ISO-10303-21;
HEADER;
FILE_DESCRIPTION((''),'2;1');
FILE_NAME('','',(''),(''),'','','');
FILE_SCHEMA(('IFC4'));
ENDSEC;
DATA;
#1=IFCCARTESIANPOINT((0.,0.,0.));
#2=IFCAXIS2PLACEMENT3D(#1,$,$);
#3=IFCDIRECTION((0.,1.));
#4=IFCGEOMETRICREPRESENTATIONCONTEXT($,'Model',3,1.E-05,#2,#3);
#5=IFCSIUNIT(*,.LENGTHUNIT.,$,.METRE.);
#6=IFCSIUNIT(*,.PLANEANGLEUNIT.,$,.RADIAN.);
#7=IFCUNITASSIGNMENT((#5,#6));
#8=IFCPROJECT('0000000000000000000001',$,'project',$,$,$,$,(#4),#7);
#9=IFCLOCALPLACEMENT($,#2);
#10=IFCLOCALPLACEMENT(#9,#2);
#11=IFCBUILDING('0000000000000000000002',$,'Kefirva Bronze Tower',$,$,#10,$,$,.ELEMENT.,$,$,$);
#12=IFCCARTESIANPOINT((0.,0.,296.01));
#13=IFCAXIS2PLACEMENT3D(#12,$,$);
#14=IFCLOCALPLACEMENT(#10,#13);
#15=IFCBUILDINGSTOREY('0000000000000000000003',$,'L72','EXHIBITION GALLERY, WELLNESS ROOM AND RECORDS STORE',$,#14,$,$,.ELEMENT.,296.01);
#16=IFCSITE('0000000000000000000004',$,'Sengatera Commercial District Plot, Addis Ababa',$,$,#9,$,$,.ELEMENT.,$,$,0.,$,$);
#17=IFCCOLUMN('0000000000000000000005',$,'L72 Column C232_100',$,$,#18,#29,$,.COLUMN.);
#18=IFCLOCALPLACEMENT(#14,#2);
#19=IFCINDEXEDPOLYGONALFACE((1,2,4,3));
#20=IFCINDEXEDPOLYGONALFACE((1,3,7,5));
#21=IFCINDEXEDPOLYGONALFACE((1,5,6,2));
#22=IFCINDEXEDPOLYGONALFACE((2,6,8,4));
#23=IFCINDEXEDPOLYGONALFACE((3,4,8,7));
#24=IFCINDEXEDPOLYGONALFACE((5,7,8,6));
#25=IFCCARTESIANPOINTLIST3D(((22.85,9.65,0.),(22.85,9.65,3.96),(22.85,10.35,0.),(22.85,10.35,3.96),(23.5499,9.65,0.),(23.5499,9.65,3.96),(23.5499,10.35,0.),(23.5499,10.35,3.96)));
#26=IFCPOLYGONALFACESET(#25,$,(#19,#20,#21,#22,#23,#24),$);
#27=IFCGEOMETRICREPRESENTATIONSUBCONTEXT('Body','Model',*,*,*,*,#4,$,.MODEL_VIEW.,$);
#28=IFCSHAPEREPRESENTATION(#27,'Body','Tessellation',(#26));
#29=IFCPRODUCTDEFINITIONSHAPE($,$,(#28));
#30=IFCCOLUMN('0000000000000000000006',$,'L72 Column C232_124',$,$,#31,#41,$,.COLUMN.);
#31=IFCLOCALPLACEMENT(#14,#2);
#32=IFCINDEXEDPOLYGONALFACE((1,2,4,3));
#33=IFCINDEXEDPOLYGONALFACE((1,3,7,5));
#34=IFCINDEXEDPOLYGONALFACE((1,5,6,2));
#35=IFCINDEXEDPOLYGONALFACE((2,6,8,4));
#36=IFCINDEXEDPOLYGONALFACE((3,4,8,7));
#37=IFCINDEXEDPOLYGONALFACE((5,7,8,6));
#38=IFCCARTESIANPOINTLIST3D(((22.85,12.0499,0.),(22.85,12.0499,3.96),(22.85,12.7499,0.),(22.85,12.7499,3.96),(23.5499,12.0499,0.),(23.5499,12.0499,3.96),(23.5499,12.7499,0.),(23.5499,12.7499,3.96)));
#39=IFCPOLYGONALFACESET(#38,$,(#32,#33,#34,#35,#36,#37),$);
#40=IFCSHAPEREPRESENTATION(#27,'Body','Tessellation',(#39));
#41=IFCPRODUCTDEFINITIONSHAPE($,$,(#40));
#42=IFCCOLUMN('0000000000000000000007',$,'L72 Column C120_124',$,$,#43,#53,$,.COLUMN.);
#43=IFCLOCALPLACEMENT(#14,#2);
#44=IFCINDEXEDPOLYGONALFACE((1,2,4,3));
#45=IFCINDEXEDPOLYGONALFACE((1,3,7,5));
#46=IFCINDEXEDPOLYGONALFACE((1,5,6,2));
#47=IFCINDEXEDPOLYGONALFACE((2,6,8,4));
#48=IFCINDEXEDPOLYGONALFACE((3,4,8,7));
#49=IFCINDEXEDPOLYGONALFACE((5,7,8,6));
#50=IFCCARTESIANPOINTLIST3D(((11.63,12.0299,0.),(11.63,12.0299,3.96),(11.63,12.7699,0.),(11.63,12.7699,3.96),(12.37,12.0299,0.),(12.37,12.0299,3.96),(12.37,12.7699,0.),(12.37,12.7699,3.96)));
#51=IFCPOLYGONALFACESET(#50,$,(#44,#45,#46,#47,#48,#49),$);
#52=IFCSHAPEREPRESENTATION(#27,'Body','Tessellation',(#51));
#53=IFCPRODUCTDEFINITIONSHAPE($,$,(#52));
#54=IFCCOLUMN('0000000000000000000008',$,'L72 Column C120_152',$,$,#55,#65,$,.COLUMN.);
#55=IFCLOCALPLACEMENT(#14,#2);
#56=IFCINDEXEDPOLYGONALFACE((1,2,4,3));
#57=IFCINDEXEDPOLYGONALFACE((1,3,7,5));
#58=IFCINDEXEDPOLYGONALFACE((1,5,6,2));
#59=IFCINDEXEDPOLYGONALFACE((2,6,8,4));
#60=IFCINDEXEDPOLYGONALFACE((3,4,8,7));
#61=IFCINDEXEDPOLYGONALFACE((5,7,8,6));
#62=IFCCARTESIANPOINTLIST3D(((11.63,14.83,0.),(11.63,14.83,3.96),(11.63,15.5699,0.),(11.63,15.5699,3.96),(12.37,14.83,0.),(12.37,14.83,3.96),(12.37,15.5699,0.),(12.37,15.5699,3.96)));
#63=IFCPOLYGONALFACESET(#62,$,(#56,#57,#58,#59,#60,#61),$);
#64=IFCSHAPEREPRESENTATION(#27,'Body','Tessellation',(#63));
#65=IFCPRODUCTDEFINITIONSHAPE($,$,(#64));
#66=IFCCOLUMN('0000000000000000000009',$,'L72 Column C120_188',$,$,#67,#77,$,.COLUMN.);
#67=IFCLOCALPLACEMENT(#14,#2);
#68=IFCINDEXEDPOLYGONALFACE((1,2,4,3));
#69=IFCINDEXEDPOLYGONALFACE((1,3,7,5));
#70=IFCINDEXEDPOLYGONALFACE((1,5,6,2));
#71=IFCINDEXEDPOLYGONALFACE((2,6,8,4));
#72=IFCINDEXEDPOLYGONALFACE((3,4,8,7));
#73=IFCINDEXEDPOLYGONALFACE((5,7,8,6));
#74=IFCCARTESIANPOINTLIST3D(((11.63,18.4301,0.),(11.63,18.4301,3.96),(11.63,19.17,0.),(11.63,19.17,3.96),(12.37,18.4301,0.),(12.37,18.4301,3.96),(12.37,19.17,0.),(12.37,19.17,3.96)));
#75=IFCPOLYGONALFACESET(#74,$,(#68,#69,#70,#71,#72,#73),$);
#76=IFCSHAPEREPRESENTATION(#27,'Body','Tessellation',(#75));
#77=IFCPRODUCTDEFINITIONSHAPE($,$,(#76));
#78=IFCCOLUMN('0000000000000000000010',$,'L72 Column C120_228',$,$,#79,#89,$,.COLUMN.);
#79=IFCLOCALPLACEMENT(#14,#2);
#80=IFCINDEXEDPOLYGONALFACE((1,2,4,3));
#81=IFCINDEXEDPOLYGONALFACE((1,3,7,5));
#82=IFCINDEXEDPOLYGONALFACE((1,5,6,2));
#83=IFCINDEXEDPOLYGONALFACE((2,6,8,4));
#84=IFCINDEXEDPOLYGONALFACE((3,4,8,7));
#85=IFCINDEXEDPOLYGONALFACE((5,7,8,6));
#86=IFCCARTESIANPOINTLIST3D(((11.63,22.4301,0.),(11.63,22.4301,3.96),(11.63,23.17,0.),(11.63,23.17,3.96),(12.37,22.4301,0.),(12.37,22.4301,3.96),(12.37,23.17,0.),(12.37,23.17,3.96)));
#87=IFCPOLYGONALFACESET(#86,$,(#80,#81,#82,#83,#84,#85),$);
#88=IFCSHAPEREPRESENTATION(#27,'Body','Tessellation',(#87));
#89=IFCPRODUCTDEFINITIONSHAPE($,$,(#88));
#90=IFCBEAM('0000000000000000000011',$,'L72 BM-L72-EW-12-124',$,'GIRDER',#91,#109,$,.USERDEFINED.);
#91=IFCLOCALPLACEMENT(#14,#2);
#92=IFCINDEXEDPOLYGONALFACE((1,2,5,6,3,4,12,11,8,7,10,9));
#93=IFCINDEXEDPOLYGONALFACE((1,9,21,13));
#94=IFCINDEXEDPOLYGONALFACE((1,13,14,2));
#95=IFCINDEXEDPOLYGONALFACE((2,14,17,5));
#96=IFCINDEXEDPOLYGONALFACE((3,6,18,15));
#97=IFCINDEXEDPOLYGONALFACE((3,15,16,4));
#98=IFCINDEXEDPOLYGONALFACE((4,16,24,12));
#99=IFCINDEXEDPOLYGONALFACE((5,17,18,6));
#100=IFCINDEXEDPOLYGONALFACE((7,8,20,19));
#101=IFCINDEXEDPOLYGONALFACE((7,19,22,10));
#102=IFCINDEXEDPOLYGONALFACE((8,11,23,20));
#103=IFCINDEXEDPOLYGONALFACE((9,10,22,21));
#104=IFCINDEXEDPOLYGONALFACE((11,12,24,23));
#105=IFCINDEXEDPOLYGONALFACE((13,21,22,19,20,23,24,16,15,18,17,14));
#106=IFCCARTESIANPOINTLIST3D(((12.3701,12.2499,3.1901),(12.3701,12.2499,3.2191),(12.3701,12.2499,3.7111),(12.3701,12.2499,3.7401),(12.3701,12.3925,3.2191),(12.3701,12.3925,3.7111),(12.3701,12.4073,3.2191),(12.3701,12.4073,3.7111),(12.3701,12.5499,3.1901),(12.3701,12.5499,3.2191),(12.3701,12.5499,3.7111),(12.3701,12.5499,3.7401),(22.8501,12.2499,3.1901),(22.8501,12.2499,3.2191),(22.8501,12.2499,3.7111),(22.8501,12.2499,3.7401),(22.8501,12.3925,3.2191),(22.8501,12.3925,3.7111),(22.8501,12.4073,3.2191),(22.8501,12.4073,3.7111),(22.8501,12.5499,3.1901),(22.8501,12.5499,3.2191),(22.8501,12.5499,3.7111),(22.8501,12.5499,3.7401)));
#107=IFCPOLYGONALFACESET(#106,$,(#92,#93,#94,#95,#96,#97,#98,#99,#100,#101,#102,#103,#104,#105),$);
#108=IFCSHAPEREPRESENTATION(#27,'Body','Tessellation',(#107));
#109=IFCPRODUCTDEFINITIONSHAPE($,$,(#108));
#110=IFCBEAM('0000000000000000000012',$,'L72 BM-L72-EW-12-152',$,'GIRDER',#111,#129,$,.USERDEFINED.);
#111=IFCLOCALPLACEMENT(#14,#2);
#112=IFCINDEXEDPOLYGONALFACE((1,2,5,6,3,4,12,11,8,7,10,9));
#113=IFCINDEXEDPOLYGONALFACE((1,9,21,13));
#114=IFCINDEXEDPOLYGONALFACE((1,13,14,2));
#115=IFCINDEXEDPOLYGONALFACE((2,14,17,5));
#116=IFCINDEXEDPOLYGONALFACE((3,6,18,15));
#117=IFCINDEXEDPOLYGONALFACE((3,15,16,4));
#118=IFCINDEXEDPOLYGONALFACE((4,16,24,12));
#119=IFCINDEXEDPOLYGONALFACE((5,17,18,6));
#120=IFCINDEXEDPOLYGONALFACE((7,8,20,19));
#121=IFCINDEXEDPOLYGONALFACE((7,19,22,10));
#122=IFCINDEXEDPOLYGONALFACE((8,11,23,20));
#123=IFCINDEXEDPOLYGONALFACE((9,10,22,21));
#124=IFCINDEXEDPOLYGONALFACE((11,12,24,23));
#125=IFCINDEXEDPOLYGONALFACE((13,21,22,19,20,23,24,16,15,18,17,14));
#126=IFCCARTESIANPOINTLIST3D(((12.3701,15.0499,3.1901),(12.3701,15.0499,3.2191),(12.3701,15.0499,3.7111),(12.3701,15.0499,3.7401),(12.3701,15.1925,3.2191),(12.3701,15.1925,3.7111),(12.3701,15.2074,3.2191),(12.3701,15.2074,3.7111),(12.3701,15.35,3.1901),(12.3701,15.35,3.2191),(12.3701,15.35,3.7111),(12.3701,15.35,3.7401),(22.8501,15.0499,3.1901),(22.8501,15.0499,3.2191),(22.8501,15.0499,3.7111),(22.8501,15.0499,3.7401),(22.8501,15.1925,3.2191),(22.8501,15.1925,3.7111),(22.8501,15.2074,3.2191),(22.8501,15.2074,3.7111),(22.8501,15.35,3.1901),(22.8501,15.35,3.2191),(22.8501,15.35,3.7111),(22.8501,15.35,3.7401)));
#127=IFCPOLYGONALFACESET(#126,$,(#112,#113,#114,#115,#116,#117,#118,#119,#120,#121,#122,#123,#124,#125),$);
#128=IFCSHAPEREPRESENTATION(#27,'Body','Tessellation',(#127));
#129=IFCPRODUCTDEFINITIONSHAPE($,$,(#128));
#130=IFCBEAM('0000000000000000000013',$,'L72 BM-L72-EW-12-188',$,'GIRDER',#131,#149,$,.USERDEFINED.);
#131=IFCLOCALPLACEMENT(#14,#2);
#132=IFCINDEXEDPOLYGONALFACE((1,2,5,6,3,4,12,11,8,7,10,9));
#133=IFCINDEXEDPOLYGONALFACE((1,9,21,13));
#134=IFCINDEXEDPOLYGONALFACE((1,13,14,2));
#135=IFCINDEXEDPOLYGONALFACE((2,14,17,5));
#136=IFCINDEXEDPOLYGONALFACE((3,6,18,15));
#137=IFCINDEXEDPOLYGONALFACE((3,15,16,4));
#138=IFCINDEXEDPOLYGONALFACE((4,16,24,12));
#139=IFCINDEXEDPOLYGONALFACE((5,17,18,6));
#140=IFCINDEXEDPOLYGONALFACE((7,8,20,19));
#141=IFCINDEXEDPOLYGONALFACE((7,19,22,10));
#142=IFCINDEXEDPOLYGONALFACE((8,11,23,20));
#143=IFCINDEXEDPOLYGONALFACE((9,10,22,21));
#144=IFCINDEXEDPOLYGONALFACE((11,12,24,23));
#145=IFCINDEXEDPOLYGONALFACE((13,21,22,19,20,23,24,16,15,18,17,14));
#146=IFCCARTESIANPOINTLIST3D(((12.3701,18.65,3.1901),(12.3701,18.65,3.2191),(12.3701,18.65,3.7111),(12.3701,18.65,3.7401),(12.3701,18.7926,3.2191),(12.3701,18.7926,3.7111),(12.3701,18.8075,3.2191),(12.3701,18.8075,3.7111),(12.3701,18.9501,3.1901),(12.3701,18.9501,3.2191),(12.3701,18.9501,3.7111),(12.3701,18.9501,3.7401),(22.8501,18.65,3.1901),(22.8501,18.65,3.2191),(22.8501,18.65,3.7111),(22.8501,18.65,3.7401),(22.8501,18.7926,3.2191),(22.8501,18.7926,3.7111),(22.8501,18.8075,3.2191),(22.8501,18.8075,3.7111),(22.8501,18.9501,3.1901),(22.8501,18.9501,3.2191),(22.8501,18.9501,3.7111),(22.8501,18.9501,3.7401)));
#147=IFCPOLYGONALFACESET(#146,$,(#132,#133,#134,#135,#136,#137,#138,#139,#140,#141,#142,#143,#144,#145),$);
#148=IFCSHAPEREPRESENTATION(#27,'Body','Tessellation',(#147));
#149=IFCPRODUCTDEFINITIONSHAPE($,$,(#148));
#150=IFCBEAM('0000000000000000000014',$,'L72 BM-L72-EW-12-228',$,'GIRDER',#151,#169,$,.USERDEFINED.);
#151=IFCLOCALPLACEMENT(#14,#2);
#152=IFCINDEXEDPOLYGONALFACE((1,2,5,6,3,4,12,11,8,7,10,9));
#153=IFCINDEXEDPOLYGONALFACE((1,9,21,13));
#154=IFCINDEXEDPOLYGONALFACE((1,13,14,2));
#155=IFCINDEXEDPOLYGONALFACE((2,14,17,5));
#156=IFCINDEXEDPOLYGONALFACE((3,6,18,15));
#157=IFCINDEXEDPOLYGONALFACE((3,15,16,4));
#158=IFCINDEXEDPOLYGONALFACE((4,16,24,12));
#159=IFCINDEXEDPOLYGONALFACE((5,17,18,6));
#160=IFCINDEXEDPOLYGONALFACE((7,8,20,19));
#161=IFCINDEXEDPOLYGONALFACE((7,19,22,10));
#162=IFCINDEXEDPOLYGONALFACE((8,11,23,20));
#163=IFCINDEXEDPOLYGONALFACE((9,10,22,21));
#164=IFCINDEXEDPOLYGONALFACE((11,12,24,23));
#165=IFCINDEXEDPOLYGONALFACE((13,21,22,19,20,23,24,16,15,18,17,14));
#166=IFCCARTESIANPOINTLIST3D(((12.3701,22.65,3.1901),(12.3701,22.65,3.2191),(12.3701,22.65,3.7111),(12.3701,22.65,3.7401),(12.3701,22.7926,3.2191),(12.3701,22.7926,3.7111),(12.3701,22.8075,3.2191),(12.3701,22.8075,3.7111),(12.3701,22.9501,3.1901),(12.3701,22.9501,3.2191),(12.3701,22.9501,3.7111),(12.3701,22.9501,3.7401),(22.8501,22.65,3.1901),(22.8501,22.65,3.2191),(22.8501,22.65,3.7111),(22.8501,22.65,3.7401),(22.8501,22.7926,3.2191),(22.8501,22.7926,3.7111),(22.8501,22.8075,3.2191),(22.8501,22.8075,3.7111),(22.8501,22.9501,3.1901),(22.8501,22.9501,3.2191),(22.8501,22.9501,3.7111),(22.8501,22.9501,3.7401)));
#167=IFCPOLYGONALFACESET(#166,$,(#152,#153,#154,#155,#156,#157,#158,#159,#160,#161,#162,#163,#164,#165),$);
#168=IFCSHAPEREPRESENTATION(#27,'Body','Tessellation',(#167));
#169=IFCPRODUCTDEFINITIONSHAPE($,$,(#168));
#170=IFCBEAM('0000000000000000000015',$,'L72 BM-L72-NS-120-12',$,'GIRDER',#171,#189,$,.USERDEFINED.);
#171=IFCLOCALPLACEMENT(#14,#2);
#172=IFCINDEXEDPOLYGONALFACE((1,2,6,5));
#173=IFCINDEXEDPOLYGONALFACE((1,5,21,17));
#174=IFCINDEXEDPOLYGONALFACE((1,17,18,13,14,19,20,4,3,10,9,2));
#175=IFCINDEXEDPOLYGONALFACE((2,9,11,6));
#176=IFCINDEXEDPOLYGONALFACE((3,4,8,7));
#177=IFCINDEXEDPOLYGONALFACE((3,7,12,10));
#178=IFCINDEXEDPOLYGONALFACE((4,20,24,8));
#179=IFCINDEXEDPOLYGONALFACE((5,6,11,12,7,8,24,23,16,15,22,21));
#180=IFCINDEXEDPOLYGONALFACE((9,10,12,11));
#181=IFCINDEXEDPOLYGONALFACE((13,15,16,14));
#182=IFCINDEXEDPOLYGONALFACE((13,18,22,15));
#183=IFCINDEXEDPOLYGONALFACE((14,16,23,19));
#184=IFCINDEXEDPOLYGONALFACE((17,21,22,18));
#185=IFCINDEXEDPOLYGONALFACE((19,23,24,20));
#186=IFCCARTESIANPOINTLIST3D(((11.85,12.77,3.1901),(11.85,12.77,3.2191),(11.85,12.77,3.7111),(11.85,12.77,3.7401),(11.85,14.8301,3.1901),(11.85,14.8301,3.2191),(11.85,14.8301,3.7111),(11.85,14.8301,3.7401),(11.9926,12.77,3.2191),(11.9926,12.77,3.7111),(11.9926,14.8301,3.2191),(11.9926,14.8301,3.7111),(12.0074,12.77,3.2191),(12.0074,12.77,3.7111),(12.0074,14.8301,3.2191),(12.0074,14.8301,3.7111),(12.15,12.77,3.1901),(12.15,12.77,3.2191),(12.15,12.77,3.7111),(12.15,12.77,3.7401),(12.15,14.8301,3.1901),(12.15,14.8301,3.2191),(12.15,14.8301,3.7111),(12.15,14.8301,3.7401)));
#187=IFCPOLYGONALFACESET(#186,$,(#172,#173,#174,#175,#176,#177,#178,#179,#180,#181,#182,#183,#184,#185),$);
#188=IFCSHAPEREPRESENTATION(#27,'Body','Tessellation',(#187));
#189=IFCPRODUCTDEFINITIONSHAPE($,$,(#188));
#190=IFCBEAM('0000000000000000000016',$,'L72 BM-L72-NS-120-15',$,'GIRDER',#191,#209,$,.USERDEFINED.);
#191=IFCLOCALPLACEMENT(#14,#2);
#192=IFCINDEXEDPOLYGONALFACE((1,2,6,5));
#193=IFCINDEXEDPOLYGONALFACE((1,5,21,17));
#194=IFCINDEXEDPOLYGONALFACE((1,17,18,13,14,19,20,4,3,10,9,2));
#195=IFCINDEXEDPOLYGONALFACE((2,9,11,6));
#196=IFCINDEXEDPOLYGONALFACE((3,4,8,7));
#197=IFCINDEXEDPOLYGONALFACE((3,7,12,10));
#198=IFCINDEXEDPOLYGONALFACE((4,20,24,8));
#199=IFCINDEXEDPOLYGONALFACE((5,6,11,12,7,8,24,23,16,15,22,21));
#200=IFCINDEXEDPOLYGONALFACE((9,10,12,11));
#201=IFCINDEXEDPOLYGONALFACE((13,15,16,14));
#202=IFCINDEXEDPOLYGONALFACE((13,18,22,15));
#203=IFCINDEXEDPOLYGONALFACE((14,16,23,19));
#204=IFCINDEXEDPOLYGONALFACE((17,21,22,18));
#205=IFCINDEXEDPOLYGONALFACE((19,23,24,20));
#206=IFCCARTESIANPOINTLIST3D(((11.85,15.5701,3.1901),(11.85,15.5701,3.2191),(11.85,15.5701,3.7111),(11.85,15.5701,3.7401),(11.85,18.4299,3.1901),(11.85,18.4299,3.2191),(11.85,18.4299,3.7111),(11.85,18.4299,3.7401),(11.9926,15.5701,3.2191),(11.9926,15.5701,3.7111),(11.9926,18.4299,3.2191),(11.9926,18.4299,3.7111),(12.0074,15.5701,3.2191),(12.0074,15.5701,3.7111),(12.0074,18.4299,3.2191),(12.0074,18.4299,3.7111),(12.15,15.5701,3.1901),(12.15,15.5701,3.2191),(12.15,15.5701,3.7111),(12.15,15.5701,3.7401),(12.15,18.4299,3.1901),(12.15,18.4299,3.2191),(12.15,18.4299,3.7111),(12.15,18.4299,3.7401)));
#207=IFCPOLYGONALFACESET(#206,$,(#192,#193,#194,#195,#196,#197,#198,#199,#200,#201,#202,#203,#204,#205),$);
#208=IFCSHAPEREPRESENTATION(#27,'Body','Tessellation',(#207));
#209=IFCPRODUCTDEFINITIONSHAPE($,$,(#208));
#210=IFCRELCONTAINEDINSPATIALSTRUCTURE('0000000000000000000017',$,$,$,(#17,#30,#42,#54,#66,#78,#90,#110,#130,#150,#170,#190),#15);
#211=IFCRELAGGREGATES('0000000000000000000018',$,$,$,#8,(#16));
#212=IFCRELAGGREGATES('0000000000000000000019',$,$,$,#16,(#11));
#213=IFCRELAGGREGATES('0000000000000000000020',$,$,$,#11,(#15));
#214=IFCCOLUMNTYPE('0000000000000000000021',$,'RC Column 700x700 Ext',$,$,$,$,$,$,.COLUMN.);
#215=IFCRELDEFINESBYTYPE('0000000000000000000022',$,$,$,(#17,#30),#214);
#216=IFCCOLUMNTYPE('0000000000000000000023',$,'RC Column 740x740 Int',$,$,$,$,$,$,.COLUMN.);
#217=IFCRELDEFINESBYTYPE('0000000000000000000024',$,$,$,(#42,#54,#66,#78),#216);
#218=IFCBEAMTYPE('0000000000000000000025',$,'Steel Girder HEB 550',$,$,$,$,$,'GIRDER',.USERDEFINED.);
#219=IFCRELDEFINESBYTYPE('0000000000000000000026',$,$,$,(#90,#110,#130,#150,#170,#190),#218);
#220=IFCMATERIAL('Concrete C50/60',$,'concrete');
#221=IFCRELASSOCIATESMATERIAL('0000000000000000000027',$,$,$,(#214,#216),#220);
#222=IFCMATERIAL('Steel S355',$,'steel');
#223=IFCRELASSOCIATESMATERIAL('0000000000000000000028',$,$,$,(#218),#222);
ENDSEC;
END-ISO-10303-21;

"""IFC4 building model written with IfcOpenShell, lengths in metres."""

from ifc_helpers import new_model, si_unit, direction, frame, origin, origin_2d, place, context, subcontext, project, spatial, rectangle, i_section, extrude, material, material_profile, profile_set, type_object, element, save


model = new_model("IFC4")

# Units and contexts
model_context = context("Model", 3, precision=1e-05, world=origin(), true_north=direction((0.0, 1.0)))
body_context = subcontext(model_context, "Body", "Model", "MODEL_VIEW")
ifc_project = project(units=[si_unit("LENGTHUNIT", "METRE"), si_unit("PLANEANGLEUNIT", "RADIAN")], contexts=[model_context])

# Site, building, storey
site_placement = place(None, origin())
site = spatial("IfcSite", under=ifc_project, at=site_placement, Name="Sengatera Commercial District Plot, Addis Ababa", CompositionType="ELEMENT", RefElevation=0.0)
building_placement = place(site_placement, origin())
building = spatial("IfcBuilding", under=site, at=building_placement, Name="Kefirva Bronze Tower", CompositionType="ELEMENT")
storey_placement = place(building_placement, frame((0.0, 0.0, 296.01)))
storey = spatial("IfcBuildingStorey", under=building, at=storey_placement, Name="L72", Description="EXHIBITION GALLERY, WELLNESS ROOM AND RECORDS STORE", CompositionType="ELEMENT", Elevation=296.01)

# Columns
ifc_material_1 = material(Name="Concrete C50/60", Category="concrete")
ifc_material_profile_1 = material_profile(ifc_material_1, rectangle(XDim=0.7, YDim=0.7, at=origin_2d()), Name="RC 700x700")
ifc_profile_set_1 = profile_set([ifc_material_profile_1], Name="Concrete C50/60")
column_type_1 = type_object("IfcColumnType", Name="RC Column 700x700 Ext", PredefinedType="COLUMN", material=ifc_profile_set_1)
for number, where, z_axis, x_axis, name in (
    (1, (23.2, 10.0, 0.0), (0.0, 0.0, 1.0), (1.0, 0.0, 0.0), "L72 Column C232_100"),
    (2, (23.2, 12.3999, 0.0), (0.0, 0.0, 1.0), (1.0, 0.0, 0.0), "L72 Column C232_124"),
):
    element("IfcColumn", number, at=place(storey_placement, frame(where, z_axis=z_axis, x_axis=x_axis)), inside=storey, type_object=column_type_1, Name=name, PredefinedType="COLUMN", context=body_context, shape_type="SweptSolid", body=[
        extrude(rectangle(XDim=0.7, YDim=0.7, at=origin_2d()), origin(), (0.0, 0.0, 1.0), 3.96),
    ])
ifc_material_profile_2 = material_profile(ifc_material_1, rectangle(XDim=0.74, YDim=0.74, at=origin_2d()), Name="RC 740x740")
ifc_profile_set_2 = profile_set([ifc_material_profile_2], Name="Concrete C50/60")
column_type_2 = type_object("IfcColumnType", Name="RC Column 740x740 Int", PredefinedType="COLUMN", material=ifc_profile_set_2)
for number, where, z_axis, x_axis, name in (
    (3, (12.0, 12.3999, 0.0), (0.0, 0.0, 1.0), (1.0, 0.0, 0.0), "L72 Column C120_124"),
    (4, (12.0, 15.2, 0.0), (0.0, 0.0, 1.0), (1.0, 0.0, 0.0), "L72 Column C120_152"),
    (5, (12.0, 18.8, 0.0), (0.0, 0.0, 1.0), (1.0, 0.0, 0.0), "L72 Column C120_188"),
    (6, (12.0, 22.8, 0.0), (0.0, 0.0, 1.0), (1.0, 0.0, 0.0), "L72 Column C120_228"),
):
    element("IfcColumn", number, at=place(storey_placement, frame(where, z_axis=z_axis, x_axis=x_axis)), inside=storey, type_object=column_type_2, Name=name, PredefinedType="COLUMN", context=body_context, shape_type="SweptSolid", body=[
        extrude(rectangle(XDim=0.74, YDim=0.74, at=origin_2d()), origin(), (0.0, 0.0, 1.0), 3.96),
    ])

# Beams
ifc_material_2 = material(Name="Steel S355", Category="steel")
ifc_material_profile_3 = material_profile(ifc_material_2, i_section(OverallWidth=0.3, OverallDepth=0.55, WebThickness=0.0149, FlangeThickness=0.0291, at=origin_2d()), Name="HEB 550")
ifc_profile_set_3 = profile_set([ifc_material_profile_3], Name="Steel S355")
beam_type_1 = type_object("IfcBeamType", Name="Steel Girder HEB 550", ElementType="GIRDER", PredefinedType="USERDEFINED", material=ifc_profile_set_3)
for number, where, z_axis, x_axis, name in (
    (7, (12.3701, 12.3999, 3.4651), (1.0, 0.0, 0.0), (0.0, 1.0, 0.0), "L72 BM-L72-EW-12-124"),
    (8, (12.3701, 15.2, 3.4651), (1.0, 0.0, 0.0), (0.0, 1.0, 0.0), "L72 BM-L72-EW-12-152"),
    (9, (12.3701, 18.8, 3.4651), (1.0, 0.0, 0.0), (0.0, 1.0, 0.0), "L72 BM-L72-EW-12-188"),
    (10, (12.3701, 22.8, 3.4651), (1.0, 0.0, 0.0), (0.0, 1.0, 0.0), "L72 BM-L72-EW-12-228"),
):
    element("IfcBeam", number, at=place(storey_placement, frame(where, z_axis=z_axis, x_axis=x_axis)), inside=storey, type_object=beam_type_1, Name=name, ObjectType="GIRDER", PredefinedType="USERDEFINED", context=body_context, shape_type="SweptSolid", body=[
        extrude(i_section(OverallWidth=0.3, OverallDepth=0.55, WebThickness=0.0149, FlangeThickness=0.0291, at=origin_2d()), origin(), (0.0, 0.0, 1.0), 10.48),
    ])
beam_1_placement = place(storey_placement, frame((12.0, 12.77, 3.4651), z_axis=(0.0, 1.0, 0.0), x_axis=(-1.0, 0.0, 0.0)))
element("IfcBeam", 11, at=beam_1_placement, inside=storey, type_object=beam_type_1, Name="L72 BM-L72-NS-120-12", ObjectType="GIRDER", PredefinedType="USERDEFINED", context=body_context, shape_type="SweptSolid", body=[
    extrude(i_section(OverallWidth=0.3, OverallDepth=0.55, WebThickness=0.0149, FlangeThickness=0.0291, at=origin_2d()), origin(), (0.0, 0.0, 1.0), 2.0601),
])
beam_2_placement = place(storey_placement, frame((12.0, 15.5701, 3.4651), z_axis=(0.0, 1.0, 0.0), x_axis=(-1.0, 0.0, 0.0)))
element("IfcBeam", 12, at=beam_2_placement, inside=storey, type_object=beam_type_1, Name="L72 BM-L72-NS-120-15", ObjectType="GIRDER", PredefinedType="USERDEFINED", context=body_context, shape_type="SweptSolid", body=[
    extrude(i_section(OverallWidth=0.3, OverallDepth=0.55, WebThickness=0.0149, FlangeThickness=0.0291, at=origin_2d()), origin(), (0.0, 0.0, 1.0), 2.8599),
])

save(model, "model.ifc")
